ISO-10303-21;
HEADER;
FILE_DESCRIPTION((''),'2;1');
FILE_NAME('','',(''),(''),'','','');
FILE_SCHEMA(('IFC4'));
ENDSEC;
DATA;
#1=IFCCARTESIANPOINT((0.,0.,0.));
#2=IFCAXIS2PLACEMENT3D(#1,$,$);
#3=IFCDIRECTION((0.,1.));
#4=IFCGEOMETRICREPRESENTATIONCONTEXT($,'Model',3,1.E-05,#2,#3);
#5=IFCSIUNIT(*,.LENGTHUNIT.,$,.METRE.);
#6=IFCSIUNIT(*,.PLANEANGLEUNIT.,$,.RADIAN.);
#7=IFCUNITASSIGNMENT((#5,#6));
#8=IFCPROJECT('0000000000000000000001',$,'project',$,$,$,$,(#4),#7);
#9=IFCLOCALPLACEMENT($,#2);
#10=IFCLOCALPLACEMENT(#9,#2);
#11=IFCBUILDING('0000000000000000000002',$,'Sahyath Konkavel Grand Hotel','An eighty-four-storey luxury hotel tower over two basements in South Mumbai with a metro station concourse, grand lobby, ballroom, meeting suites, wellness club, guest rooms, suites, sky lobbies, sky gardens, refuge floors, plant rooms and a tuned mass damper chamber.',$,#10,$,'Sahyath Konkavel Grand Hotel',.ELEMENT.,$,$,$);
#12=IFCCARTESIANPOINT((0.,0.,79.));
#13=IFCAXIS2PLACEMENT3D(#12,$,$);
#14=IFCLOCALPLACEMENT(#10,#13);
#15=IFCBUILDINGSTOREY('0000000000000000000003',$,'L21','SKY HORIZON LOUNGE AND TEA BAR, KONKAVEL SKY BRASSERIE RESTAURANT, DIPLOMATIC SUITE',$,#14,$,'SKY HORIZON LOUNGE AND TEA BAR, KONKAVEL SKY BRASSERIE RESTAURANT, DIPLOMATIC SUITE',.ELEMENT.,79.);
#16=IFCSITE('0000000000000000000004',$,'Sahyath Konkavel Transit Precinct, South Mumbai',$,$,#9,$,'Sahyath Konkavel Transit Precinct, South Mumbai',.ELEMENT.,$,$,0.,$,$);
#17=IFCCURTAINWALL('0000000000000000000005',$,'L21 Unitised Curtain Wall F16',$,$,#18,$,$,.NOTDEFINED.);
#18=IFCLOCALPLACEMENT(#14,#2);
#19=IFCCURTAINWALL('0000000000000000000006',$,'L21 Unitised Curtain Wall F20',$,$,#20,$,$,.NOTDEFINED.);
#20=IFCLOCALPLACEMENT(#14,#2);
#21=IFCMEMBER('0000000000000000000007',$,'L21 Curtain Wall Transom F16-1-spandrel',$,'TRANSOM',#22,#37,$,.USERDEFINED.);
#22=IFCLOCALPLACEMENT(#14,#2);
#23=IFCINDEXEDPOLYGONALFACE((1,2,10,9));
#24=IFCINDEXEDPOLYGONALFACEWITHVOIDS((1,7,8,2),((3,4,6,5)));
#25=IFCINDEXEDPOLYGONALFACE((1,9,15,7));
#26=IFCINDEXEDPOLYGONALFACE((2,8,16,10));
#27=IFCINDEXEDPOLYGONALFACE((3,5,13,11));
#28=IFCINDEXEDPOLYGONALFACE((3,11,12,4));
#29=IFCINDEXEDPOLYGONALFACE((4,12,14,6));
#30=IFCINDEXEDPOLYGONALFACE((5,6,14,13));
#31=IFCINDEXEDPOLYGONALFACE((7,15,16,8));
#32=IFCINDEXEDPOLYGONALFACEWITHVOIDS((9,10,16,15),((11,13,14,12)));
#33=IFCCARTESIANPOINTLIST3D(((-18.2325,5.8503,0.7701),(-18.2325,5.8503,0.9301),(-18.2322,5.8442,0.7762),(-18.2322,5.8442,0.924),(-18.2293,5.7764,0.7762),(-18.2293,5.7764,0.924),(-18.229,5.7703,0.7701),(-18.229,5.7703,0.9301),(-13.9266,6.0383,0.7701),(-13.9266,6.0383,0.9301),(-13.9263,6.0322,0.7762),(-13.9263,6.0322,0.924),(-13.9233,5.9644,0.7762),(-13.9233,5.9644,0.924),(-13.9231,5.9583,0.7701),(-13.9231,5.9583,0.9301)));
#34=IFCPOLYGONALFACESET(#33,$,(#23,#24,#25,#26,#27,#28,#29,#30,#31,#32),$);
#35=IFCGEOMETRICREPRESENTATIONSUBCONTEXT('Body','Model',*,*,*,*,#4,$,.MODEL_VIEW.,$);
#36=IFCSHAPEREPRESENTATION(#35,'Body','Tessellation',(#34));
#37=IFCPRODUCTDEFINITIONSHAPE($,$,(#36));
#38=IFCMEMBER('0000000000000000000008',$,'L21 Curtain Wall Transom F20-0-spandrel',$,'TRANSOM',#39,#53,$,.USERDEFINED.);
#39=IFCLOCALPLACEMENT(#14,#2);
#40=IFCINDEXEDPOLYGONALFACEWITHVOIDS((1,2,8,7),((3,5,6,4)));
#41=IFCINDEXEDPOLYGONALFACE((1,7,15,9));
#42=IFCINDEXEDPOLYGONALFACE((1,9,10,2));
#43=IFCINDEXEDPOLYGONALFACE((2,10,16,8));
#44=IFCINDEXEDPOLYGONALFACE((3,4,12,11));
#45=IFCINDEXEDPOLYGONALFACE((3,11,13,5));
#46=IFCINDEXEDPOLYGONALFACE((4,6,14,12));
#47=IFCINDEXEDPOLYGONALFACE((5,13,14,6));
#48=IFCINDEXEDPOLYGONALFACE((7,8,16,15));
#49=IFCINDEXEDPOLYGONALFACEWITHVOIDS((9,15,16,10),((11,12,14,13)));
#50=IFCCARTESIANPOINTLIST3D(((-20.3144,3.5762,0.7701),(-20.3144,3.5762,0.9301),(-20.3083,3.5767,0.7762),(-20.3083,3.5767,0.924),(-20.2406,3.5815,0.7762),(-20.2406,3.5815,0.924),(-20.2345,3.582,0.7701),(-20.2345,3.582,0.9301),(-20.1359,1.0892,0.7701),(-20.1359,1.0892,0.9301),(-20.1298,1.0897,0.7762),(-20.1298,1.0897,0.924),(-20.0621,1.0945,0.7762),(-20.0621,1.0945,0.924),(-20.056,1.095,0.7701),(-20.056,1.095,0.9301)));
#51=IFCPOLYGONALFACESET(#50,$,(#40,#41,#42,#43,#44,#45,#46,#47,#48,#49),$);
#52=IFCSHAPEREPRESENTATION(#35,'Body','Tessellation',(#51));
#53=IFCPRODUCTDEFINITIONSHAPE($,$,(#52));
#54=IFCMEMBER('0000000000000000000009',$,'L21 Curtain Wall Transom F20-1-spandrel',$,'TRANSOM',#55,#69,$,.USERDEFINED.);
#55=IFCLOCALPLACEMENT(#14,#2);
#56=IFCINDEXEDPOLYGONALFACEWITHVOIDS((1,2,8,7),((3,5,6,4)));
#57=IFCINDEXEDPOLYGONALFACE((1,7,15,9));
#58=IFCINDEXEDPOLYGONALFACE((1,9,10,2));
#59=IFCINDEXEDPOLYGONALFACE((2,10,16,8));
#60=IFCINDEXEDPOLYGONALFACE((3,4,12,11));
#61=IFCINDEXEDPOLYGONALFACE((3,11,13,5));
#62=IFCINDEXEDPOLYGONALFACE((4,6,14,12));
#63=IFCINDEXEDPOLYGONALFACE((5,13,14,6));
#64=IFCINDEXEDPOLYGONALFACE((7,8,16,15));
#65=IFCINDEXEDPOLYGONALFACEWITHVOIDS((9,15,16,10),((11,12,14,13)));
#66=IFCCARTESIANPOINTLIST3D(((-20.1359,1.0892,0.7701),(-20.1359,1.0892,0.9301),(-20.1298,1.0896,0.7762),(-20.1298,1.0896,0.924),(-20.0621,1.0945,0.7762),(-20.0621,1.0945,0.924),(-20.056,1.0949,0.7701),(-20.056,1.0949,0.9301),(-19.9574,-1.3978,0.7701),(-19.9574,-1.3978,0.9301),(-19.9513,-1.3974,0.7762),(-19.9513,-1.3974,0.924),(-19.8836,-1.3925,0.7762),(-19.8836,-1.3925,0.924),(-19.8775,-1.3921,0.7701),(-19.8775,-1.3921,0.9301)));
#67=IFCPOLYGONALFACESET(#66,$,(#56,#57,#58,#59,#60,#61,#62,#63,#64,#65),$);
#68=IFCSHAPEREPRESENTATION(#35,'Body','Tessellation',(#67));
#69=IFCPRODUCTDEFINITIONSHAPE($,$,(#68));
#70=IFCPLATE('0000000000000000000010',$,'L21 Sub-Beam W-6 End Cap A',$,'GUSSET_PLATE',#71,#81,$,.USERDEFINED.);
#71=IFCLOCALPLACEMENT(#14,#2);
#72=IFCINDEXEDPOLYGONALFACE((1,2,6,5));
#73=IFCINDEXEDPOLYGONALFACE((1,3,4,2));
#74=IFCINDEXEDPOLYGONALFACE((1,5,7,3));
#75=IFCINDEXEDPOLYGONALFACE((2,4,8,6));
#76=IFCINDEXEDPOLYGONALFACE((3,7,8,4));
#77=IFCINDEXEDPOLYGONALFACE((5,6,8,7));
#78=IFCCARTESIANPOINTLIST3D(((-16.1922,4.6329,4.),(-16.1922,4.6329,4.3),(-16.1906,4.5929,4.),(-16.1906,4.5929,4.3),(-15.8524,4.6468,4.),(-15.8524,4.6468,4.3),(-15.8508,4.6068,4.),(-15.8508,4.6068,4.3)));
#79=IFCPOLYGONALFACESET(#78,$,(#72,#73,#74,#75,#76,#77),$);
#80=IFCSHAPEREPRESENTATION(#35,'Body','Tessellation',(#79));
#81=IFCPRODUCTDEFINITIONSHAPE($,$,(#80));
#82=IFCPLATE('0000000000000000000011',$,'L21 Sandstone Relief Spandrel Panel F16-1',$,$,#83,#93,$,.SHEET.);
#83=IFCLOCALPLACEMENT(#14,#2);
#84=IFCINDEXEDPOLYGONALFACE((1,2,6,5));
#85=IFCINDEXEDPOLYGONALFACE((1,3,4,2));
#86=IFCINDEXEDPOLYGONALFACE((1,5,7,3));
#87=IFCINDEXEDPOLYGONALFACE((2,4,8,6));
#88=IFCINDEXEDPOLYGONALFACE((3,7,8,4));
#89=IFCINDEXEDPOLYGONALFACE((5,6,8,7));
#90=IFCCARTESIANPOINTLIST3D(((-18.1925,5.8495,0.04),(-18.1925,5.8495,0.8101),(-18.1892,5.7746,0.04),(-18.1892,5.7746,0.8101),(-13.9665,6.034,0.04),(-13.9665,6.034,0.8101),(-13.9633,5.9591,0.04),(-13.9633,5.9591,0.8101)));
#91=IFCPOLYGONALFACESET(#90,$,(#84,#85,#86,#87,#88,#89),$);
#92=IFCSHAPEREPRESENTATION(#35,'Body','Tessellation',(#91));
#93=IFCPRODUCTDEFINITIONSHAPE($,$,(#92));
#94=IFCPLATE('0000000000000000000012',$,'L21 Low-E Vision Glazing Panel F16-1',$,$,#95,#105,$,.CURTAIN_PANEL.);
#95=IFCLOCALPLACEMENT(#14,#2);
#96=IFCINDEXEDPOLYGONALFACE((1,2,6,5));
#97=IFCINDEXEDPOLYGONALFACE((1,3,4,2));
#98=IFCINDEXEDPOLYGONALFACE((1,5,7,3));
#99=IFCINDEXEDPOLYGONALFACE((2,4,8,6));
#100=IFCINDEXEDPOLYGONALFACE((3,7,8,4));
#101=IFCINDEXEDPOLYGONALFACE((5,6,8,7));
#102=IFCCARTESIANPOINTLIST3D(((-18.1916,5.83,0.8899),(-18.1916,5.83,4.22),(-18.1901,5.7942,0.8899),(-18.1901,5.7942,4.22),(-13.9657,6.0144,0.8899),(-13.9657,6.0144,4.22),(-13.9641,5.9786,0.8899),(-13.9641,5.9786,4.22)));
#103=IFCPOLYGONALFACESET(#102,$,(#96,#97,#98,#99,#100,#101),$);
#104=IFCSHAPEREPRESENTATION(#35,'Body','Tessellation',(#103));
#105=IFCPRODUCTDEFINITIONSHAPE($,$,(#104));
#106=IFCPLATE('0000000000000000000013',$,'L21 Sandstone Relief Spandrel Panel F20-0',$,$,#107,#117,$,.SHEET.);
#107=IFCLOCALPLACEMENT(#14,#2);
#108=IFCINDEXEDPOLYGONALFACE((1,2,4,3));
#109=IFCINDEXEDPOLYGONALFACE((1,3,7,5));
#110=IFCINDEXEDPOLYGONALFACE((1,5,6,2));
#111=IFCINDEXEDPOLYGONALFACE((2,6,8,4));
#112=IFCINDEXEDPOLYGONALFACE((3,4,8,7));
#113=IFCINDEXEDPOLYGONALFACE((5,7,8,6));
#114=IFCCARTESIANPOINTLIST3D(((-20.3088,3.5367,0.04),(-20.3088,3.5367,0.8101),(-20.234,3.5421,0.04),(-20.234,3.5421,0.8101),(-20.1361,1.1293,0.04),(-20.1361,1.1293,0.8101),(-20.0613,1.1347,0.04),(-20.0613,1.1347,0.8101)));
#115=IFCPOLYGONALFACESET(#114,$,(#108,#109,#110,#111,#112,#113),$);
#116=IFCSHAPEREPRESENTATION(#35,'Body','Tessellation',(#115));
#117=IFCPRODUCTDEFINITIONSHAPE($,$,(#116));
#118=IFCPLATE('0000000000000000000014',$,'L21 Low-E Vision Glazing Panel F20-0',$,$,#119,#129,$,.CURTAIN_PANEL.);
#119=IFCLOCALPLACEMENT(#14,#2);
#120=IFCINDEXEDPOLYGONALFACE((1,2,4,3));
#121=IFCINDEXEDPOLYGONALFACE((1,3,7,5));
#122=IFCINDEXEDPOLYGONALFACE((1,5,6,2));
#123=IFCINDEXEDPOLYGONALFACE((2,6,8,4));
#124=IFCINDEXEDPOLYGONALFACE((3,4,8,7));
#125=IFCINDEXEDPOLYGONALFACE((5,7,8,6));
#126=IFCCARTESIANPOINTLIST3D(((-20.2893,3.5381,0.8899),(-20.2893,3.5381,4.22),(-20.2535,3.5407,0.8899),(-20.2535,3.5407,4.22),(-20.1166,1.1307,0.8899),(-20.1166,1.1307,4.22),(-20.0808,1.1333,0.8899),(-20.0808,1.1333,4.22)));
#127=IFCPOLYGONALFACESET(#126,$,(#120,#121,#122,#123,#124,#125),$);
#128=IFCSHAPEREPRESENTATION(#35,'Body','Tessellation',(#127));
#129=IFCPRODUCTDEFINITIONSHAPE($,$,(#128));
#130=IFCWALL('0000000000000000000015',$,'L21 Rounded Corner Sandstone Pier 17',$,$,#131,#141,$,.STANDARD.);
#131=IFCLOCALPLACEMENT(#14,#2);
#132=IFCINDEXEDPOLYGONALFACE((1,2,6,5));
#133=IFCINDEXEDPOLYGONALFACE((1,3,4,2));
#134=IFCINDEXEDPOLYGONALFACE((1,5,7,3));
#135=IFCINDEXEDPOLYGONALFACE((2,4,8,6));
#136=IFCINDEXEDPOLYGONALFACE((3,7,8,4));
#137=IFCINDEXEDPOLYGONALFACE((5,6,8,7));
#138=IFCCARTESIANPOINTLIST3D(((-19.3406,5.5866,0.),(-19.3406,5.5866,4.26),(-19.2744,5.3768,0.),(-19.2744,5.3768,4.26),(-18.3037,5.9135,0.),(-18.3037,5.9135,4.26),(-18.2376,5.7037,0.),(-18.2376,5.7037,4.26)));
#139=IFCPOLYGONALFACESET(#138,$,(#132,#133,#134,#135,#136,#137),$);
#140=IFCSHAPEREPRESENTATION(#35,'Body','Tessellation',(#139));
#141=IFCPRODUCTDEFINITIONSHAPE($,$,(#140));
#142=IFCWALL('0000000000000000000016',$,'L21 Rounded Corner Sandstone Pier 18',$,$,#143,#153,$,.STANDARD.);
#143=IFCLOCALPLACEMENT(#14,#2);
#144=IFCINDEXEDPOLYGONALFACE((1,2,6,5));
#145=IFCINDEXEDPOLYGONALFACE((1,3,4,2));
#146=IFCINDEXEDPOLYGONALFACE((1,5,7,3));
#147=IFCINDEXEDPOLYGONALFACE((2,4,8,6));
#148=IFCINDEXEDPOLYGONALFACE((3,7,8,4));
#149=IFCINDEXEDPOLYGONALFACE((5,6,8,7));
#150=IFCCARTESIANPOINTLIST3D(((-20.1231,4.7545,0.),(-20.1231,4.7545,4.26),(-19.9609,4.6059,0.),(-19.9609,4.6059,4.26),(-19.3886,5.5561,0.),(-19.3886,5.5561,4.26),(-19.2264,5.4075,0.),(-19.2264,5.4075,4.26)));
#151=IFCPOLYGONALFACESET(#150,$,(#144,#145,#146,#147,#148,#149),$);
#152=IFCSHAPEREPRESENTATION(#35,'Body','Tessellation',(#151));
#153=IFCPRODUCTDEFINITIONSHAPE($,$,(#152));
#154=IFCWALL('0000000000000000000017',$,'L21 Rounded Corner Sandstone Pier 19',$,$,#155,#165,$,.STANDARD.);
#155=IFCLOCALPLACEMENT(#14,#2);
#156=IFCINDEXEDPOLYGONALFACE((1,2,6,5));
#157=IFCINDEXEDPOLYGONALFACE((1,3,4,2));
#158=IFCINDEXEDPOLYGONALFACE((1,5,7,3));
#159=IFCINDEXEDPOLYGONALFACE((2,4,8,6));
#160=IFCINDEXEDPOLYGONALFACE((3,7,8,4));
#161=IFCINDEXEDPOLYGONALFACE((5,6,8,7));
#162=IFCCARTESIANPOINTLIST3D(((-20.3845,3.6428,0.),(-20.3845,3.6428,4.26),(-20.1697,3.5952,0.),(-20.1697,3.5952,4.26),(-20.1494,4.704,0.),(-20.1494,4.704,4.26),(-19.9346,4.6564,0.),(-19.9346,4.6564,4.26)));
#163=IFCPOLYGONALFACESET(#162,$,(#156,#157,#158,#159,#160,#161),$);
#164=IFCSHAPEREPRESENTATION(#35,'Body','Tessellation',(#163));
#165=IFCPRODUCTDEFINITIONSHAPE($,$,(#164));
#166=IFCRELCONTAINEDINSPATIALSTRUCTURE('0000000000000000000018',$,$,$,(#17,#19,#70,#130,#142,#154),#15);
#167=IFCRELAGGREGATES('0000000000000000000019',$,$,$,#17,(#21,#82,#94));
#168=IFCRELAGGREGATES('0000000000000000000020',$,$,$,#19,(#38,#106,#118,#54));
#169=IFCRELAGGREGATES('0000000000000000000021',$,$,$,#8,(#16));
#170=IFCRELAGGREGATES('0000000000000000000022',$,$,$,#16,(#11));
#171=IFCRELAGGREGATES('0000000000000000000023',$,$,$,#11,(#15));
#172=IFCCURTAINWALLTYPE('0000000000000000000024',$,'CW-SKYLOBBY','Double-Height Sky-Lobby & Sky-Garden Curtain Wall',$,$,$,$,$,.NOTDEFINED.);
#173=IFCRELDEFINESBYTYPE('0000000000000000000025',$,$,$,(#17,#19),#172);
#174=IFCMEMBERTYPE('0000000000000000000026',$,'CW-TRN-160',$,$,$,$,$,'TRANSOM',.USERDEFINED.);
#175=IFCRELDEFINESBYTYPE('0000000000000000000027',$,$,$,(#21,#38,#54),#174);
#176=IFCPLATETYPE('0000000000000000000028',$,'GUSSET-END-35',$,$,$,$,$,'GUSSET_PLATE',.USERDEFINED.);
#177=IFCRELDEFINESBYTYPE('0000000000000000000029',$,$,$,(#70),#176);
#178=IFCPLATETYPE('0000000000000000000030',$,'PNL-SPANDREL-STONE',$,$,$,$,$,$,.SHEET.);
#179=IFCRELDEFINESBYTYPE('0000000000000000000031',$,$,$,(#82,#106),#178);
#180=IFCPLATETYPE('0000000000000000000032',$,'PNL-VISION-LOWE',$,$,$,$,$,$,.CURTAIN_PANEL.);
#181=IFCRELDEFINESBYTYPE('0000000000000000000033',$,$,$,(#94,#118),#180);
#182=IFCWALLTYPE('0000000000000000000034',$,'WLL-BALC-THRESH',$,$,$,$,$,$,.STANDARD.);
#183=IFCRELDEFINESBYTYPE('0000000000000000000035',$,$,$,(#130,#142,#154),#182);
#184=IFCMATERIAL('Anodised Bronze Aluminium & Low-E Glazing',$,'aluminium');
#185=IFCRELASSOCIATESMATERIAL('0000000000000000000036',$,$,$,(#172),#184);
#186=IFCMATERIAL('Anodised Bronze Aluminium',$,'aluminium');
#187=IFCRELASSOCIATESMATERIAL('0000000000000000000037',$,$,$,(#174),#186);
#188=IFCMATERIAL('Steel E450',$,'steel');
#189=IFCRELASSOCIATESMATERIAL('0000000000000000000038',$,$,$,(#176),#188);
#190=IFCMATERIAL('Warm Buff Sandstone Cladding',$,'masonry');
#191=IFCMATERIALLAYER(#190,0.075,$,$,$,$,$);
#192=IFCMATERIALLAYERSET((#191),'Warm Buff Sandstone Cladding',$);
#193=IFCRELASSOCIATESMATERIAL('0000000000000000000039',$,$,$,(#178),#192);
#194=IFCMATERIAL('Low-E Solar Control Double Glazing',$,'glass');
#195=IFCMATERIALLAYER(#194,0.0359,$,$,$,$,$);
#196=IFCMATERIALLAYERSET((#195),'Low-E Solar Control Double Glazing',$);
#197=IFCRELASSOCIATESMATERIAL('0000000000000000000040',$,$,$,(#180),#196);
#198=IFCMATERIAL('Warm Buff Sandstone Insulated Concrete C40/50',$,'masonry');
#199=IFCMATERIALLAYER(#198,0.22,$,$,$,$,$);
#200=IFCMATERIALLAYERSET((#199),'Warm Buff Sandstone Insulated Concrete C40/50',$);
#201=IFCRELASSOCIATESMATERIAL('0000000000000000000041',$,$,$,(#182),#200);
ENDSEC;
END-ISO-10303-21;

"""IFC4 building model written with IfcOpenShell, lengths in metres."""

from ifc_helpers import new_model, si_unit, direction, frame, frame_2d, origin, origin_2d, place, context, subcontext, project, spatial, rectangle, hollow_rectangle, extrude, source, transform, mapped, material, layer, layer_set, material_profile, profile_set, type_object, element, aggregate, save


model = new_model("IFC4")

# Units and contexts
model_context = context("Model", 3, precision=1e-05, world=origin(), true_north=direction((0.0, 1.0)))
body_context = subcontext(model_context, "Body", "Model", "MODEL_VIEW")
ifc_project = project(units=[si_unit("LENGTHUNIT", "METRE"), si_unit("PLANEANGLEUNIT", "RADIAN")], contexts=[model_context])

# Site, building, storey
site_placement = place(None, origin())
site = spatial("IfcSite", under=ifc_project, at=site_placement, Name="Sahyath Konkavel Transit Precinct, South Mumbai", LongName="Sahyath Konkavel Transit Precinct, South Mumbai", CompositionType="ELEMENT", RefElevation=0.0)
building_placement = place(site_placement, origin())
building = spatial("IfcBuilding", under=site, at=building_placement, Name="Sahyath Konkavel Grand Hotel", Description="An eighty-four-storey luxury hotel tower over two basements in South Mumbai with a metro station concourse, grand lobby, ballroom, meeting suites, wellness club, guest rooms, suites, sky lobbies, sky gardens, refuge floors, plant rooms and a tuned mass damper chamber.", LongName="Sahyath Konkavel Grand Hotel", CompositionType="ELEMENT")
storey_placement = place(building_placement, frame((0.0, 0.0, 79.0)))
storey = spatial("IfcBuildingStorey", under=building, at=storey_placement, Name="L21", Description="SKY HORIZON LOUNGE AND TEA BAR, KONKAVEL SKY BRASSERIE RESTAURANT, DIPLOMATIC SUITE", LongName="SKY HORIZON LOUNGE AND TEA BAR, KONKAVEL SKY BRASSERIE RESTAURANT, DIPLOMATIC SUITE", CompositionType="ELEMENT", Elevation=79.0)

# Curtain walls
ifc_material_1 = material(Name="Anodised Bronze Aluminium & Low-E Glazing", Category="aluminium")
curtain_wall_type = type_object("IfcCurtainWallType", Name="CW-SKYLOBBY", Description="Double-Height Sky-Lobby & Sky-Garden Curtain Wall", PredefinedType="NOTDEFINED", material=ifc_material_1)
curtain_wall_1_placement = place(storey_placement, origin())
curtain_wall_1 = element("IfcCurtainWall", 1, at=curtain_wall_1_placement, inside=storey, type_object=curtain_wall_type, Name="L21 Unitised Curtain Wall F16", PredefinedType="NOTDEFINED")
ifc_material_2 = material(Name="Anodised Bronze Aluminium", Category="aluminium")
curtain_wall_2_placement = place(storey_placement, origin())
curtain_wall_2 = element("IfcCurtainWall", 2, at=curtain_wall_2_placement, inside=storey, type_object=curtain_wall_type, Name="L21 Unitised Curtain Wall F20", PredefinedType="NOTDEFINED")

# Members
ifc_material_profile_1 = material_profile(ifc_material_2, hollow_rectangle(XDim=0.0801, YDim=0.1599, WallThickness=0.0061, at=origin_2d()), Name="RHS 160x80x6")
ifc_profile_set_1 = profile_set([ifc_material_profile_1], Name="Anodised Bronze Aluminium")
member_type_1 = type_object("IfcMemberType", Name="CW-TRN-160", ElementType="TRANSOM", PredefinedType="USERDEFINED", material=ifc_profile_set_1)
shared_shape_1 = source(origin(), body_context, "Body", "SweptSolid", [
    extrude(hollow_rectangle(XDim=0.0801, YDim=0.1599, WallThickness=0.0061, at=origin_2d()), origin(), (0.0, 0.0, 1.0), 4.3101),
])
member_1_placement = place(storey_placement, frame((-13.9248, 5.9983, 0.8501), z_axis=(-0.999048, -0.043617, 0.0), x_axis=(0.043617, -0.999048, 0.0)))
member_1 = element("IfcMember", 3, at=member_1_placement, type_object=member_type_1, Name="L21 Curtain Wall Transom F16-1-spandrel", ObjectType="TRANSOM", PredefinedType="USERDEFINED", context=body_context, shape_type="MappedRepresentation", body=[
    mapped(shared_shape_1, transform((0.0, 0.0, 0.0), scale=1.0)),
])
shared_shape_2 = source(origin(), body_context, "Body", "SweptSolid", [
    extrude(hollow_rectangle(XDim=0.0801, YDim=0.1599, WallThickness=0.0061, at=origin_2d()), origin(), (0.0, 0.0, 1.0), 2.4934),
])
member_2_placement = place(storey_placement, frame((-20.2744, 3.5791, 0.8501), z_axis=(0.071574, -0.997435, 0.0), x_axis=(0.997435, 0.071574, 0.0)))
member_2 = element("IfcMember", 4, at=member_2_placement, type_object=member_type_1, Name="L21 Curtain Wall Transom F20-0-spandrel", ObjectType="TRANSOM", PredefinedType="USERDEFINED", context=body_context, shape_type="MappedRepresentation", body=[
    mapped(shared_shape_2, transform((0.0, 0.0, 0.0), scale=1.0)),
])
member_3_placement = place(storey_placement, frame((-20.0959, 1.092, 0.8501), z_axis=(0.071574, -0.997435, 0.0), x_axis=(0.997435, 0.071574, 0.0)))
member_3 = element("IfcMember", 5, at=member_3_placement, type_object=member_type_1, Name="L21 Curtain Wall Transom F20-1-spandrel", ObjectType="TRANSOM", PredefinedType="USERDEFINED", context=body_context, shape_type="MappedRepresentation", body=[
    mapped(shared_shape_2, transform((0.0, 0.0, 0.0), scale=1.0)),
])

# Plates
ifc_material_3 = material(Name="Steel E450", Category="steel")
plate_type_1 = type_object("IfcPlateType", Name="GUSSET-END-35", ElementType="GUSSET_PLATE", PredefinedType="USERDEFINED", material=ifc_material_3)
shared_shape_3 = source(origin(), body_context, "Body", "SweptSolid", [
    extrude(rectangle(XDim=0.04, YDim=0.3401, at=origin_2d()), origin(), (0.0, 0.0, 1.0), 0.3),
])
plate_1_placement = place(storey_placement, frame((-16.0215, 4.6199, 4.0), z_axis=(0.0, 0.0, 1.0), x_axis=(0.040864, -0.999165, 0.0)))
element("IfcPlate", 6, at=plate_1_placement, inside=storey, type_object=plate_type_1, Name="L21 Sub-Beam W-6 End Cap A", ObjectType="GUSSET_PLATE", PredefinedType="USERDEFINED", context=body_context, shape_type="MappedRepresentation", body=[
    mapped(shared_shape_3, transform((0.0, 0.0, 0.0), scale=1.0)),
])
ifc_material_4 = material(Name="Warm Buff Sandstone Cladding", Category="masonry")
ifc_layer_1 = layer(ifc_material_4, 0.075)
ifc_layer_set_1 = layer_set([ifc_layer_1], Name="Warm Buff Sandstone Cladding")
plate_type_2 = type_object("IfcPlateType", Name="PNL-SPANDREL-STONE", PredefinedType="SHEET", material=ifc_layer_set_1)
shared_shape_4 = source(origin(), body_context, "Body", "SweptSolid", [
    extrude(rectangle(XDim=4.23, YDim=0.075, at=origin_2d()), origin(), (0.0, 0.0, 1.0), 0.77),
])
plate_2_placement = place(storey_placement, frame((-16.0779, 5.9043, 0.04), z_axis=(0.0, 0.0, 1.0), x_axis=(-0.999049, -0.043602, 0.0)))
plate_2 = element("IfcPlate", 7, at=plate_2_placement, type_object=plate_type_2, Name="L21 Sandstone Relief Spandrel Panel F16-1", PredefinedType="SHEET", context=body_context, shape_type="MappedRepresentation", body=[
    mapped(shared_shape_4, transform((0.0, 0.0, 0.0), scale=1.0)),
])
ifc_material_5 = material(Name="Low-E Solar Control Double Glazing", Category="glass")
ifc_layer_2 = layer(ifc_material_5, 0.0359)
ifc_layer_set_2 = layer_set([ifc_layer_2], Name="Low-E Solar Control Double Glazing")
plate_type_3 = type_object("IfcPlateType", Name="PNL-VISION-LOWE", PredefinedType="CURTAIN_PANEL", material=ifc_layer_set_2)
shared_shape_5 = source(origin(), body_context, "Body", "SweptSolid", [
    extrude(rectangle(XDim=4.23, YDim=0.0359, at=origin_2d()), origin(), (0.0, 0.0, 1.0), 3.3301),
])
plate_3_placement = place(storey_placement, frame((-16.0779, 5.9043, 0.8899), z_axis=(0.0, 0.0, 1.0), x_axis=(-0.999049, -0.043602, 0.0)))
plate_3 = element("IfcPlate", 8, at=plate_3_placement, type_object=plate_type_3, Name="L21 Low-E Vision Glazing Panel F16-1", PredefinedType="CURTAIN_PANEL", context=body_context, shape_type="MappedRepresentation", body=[
    mapped(shared_shape_5, transform((0.0, 0.0, 0.0), scale=1.0)),
])
aggregate(curtain_wall_1, [member_1, plate_2, plate_3])
shared_shape_6 = source(origin(), body_context, "Body", "SweptSolid", [
    extrude(rectangle(XDim=2.4136, YDim=0.075, at=origin_2d()), origin(), (0.0, 0.0, 1.0), 0.77),
])
plate_4_placement = place(storey_placement, frame((-20.1851, 2.3357, 0.04), z_axis=(0.0, 0.0, 1.0), x_axis=(0.071567, -0.997436, 0.0)))
plate_4 = element("IfcPlate", 9, at=plate_4_placement, type_object=plate_type_2, Name="L21 Sandstone Relief Spandrel Panel F20-0", PredefinedType="SHEET", context=body_context, shape_type="MappedRepresentation", body=[
    mapped(shared_shape_6, transform((0.0, 0.0, 0.0), scale=1.0)),
])
shared_shape_7 = source(origin(), body_context, "Body", "SweptSolid", [
    extrude(rectangle(XDim=2.4136, YDim=0.0359, at=origin_2d()), origin(), (0.0, 0.0, 1.0), 3.3301),
])
plate_5_placement = place(storey_placement, frame((-20.1851, 2.3357, 0.8899), z_axis=(0.0, 0.0, 1.0), x_axis=(0.071567, -0.997436, 0.0)))
plate_5 = element("IfcPlate", 10, at=plate_5_placement, type_object=plate_type_3, Name="L21 Low-E Vision Glazing Panel F20-0", PredefinedType="CURTAIN_PANEL", context=body_context, shape_type="MappedRepresentation", body=[
    mapped(shared_shape_7, transform((0.0, 0.0, 0.0), scale=1.0)),
])
aggregate(curtain_wall_2, [member_2, plate_4, plate_5, member_3])

# Walls
ifc_material_6 = material(Name="Warm Buff Sandstone Insulated Concrete C40/50", Category="masonry")
ifc_layer_3 = layer(ifc_material_6, 0.22)
ifc_layer_set_3 = layer_set([ifc_layer_3], Name="Warm Buff Sandstone Insulated Concrete C40/50")
wall_type = type_object("IfcWallType", Name="WLL-BALC-THRESH", PredefinedType="STANDARD", material=ifc_layer_set_3)
for number, where, z_axis, x_axis, name in (
    (11, (-18.2708, 5.8086, 0.0), (0.0, 0.0, 1.0), (-0.953722, -0.300691, 0.0), "L21 Rounded Corner Sandstone Pier 17"),
    (12, (-19.3076, 5.4817, 0.0), (0.0, 0.0, 1.0), (-0.675552, -0.737313, 0.0), "L21 Rounded Corner Sandstone Pier 18"),
):
    element("IfcWall", number, at=place(storey_placement, frame(where, z_axis=z_axis, x_axis=x_axis)), inside=storey, type_object=wall_type, Name=name, PredefinedType="STANDARD", context=body_context, shape_type="SweptSolid", body=[
        extrude(rectangle(XDim=1.0872, YDim=0.22, at=frame_2d((0.5435, 0.0))), origin(), (0.0, 0.0, 1.0), 4.26),
    ])
wall_placement = place(storey_placement, frame((-20.042, 4.6802, 0.0), z_axis=(0.0, 0.0, 1.0), x_axis=(-0.216288, -0.97633, 0.0)))
element("IfcWall", 13, at=wall_placement, inside=storey, type_object=wall_type, Name="L21 Rounded Corner Sandstone Pier 19", PredefinedType="STANDARD", context=body_context, shape_type="SweptSolid", body=[
    extrude(rectangle(XDim=1.0869, YDim=0.22, at=frame_2d((0.5435, 0.0))), origin(), (0.0, 0.0, 1.0), 4.26),
])

save(model, "model.ifc")
